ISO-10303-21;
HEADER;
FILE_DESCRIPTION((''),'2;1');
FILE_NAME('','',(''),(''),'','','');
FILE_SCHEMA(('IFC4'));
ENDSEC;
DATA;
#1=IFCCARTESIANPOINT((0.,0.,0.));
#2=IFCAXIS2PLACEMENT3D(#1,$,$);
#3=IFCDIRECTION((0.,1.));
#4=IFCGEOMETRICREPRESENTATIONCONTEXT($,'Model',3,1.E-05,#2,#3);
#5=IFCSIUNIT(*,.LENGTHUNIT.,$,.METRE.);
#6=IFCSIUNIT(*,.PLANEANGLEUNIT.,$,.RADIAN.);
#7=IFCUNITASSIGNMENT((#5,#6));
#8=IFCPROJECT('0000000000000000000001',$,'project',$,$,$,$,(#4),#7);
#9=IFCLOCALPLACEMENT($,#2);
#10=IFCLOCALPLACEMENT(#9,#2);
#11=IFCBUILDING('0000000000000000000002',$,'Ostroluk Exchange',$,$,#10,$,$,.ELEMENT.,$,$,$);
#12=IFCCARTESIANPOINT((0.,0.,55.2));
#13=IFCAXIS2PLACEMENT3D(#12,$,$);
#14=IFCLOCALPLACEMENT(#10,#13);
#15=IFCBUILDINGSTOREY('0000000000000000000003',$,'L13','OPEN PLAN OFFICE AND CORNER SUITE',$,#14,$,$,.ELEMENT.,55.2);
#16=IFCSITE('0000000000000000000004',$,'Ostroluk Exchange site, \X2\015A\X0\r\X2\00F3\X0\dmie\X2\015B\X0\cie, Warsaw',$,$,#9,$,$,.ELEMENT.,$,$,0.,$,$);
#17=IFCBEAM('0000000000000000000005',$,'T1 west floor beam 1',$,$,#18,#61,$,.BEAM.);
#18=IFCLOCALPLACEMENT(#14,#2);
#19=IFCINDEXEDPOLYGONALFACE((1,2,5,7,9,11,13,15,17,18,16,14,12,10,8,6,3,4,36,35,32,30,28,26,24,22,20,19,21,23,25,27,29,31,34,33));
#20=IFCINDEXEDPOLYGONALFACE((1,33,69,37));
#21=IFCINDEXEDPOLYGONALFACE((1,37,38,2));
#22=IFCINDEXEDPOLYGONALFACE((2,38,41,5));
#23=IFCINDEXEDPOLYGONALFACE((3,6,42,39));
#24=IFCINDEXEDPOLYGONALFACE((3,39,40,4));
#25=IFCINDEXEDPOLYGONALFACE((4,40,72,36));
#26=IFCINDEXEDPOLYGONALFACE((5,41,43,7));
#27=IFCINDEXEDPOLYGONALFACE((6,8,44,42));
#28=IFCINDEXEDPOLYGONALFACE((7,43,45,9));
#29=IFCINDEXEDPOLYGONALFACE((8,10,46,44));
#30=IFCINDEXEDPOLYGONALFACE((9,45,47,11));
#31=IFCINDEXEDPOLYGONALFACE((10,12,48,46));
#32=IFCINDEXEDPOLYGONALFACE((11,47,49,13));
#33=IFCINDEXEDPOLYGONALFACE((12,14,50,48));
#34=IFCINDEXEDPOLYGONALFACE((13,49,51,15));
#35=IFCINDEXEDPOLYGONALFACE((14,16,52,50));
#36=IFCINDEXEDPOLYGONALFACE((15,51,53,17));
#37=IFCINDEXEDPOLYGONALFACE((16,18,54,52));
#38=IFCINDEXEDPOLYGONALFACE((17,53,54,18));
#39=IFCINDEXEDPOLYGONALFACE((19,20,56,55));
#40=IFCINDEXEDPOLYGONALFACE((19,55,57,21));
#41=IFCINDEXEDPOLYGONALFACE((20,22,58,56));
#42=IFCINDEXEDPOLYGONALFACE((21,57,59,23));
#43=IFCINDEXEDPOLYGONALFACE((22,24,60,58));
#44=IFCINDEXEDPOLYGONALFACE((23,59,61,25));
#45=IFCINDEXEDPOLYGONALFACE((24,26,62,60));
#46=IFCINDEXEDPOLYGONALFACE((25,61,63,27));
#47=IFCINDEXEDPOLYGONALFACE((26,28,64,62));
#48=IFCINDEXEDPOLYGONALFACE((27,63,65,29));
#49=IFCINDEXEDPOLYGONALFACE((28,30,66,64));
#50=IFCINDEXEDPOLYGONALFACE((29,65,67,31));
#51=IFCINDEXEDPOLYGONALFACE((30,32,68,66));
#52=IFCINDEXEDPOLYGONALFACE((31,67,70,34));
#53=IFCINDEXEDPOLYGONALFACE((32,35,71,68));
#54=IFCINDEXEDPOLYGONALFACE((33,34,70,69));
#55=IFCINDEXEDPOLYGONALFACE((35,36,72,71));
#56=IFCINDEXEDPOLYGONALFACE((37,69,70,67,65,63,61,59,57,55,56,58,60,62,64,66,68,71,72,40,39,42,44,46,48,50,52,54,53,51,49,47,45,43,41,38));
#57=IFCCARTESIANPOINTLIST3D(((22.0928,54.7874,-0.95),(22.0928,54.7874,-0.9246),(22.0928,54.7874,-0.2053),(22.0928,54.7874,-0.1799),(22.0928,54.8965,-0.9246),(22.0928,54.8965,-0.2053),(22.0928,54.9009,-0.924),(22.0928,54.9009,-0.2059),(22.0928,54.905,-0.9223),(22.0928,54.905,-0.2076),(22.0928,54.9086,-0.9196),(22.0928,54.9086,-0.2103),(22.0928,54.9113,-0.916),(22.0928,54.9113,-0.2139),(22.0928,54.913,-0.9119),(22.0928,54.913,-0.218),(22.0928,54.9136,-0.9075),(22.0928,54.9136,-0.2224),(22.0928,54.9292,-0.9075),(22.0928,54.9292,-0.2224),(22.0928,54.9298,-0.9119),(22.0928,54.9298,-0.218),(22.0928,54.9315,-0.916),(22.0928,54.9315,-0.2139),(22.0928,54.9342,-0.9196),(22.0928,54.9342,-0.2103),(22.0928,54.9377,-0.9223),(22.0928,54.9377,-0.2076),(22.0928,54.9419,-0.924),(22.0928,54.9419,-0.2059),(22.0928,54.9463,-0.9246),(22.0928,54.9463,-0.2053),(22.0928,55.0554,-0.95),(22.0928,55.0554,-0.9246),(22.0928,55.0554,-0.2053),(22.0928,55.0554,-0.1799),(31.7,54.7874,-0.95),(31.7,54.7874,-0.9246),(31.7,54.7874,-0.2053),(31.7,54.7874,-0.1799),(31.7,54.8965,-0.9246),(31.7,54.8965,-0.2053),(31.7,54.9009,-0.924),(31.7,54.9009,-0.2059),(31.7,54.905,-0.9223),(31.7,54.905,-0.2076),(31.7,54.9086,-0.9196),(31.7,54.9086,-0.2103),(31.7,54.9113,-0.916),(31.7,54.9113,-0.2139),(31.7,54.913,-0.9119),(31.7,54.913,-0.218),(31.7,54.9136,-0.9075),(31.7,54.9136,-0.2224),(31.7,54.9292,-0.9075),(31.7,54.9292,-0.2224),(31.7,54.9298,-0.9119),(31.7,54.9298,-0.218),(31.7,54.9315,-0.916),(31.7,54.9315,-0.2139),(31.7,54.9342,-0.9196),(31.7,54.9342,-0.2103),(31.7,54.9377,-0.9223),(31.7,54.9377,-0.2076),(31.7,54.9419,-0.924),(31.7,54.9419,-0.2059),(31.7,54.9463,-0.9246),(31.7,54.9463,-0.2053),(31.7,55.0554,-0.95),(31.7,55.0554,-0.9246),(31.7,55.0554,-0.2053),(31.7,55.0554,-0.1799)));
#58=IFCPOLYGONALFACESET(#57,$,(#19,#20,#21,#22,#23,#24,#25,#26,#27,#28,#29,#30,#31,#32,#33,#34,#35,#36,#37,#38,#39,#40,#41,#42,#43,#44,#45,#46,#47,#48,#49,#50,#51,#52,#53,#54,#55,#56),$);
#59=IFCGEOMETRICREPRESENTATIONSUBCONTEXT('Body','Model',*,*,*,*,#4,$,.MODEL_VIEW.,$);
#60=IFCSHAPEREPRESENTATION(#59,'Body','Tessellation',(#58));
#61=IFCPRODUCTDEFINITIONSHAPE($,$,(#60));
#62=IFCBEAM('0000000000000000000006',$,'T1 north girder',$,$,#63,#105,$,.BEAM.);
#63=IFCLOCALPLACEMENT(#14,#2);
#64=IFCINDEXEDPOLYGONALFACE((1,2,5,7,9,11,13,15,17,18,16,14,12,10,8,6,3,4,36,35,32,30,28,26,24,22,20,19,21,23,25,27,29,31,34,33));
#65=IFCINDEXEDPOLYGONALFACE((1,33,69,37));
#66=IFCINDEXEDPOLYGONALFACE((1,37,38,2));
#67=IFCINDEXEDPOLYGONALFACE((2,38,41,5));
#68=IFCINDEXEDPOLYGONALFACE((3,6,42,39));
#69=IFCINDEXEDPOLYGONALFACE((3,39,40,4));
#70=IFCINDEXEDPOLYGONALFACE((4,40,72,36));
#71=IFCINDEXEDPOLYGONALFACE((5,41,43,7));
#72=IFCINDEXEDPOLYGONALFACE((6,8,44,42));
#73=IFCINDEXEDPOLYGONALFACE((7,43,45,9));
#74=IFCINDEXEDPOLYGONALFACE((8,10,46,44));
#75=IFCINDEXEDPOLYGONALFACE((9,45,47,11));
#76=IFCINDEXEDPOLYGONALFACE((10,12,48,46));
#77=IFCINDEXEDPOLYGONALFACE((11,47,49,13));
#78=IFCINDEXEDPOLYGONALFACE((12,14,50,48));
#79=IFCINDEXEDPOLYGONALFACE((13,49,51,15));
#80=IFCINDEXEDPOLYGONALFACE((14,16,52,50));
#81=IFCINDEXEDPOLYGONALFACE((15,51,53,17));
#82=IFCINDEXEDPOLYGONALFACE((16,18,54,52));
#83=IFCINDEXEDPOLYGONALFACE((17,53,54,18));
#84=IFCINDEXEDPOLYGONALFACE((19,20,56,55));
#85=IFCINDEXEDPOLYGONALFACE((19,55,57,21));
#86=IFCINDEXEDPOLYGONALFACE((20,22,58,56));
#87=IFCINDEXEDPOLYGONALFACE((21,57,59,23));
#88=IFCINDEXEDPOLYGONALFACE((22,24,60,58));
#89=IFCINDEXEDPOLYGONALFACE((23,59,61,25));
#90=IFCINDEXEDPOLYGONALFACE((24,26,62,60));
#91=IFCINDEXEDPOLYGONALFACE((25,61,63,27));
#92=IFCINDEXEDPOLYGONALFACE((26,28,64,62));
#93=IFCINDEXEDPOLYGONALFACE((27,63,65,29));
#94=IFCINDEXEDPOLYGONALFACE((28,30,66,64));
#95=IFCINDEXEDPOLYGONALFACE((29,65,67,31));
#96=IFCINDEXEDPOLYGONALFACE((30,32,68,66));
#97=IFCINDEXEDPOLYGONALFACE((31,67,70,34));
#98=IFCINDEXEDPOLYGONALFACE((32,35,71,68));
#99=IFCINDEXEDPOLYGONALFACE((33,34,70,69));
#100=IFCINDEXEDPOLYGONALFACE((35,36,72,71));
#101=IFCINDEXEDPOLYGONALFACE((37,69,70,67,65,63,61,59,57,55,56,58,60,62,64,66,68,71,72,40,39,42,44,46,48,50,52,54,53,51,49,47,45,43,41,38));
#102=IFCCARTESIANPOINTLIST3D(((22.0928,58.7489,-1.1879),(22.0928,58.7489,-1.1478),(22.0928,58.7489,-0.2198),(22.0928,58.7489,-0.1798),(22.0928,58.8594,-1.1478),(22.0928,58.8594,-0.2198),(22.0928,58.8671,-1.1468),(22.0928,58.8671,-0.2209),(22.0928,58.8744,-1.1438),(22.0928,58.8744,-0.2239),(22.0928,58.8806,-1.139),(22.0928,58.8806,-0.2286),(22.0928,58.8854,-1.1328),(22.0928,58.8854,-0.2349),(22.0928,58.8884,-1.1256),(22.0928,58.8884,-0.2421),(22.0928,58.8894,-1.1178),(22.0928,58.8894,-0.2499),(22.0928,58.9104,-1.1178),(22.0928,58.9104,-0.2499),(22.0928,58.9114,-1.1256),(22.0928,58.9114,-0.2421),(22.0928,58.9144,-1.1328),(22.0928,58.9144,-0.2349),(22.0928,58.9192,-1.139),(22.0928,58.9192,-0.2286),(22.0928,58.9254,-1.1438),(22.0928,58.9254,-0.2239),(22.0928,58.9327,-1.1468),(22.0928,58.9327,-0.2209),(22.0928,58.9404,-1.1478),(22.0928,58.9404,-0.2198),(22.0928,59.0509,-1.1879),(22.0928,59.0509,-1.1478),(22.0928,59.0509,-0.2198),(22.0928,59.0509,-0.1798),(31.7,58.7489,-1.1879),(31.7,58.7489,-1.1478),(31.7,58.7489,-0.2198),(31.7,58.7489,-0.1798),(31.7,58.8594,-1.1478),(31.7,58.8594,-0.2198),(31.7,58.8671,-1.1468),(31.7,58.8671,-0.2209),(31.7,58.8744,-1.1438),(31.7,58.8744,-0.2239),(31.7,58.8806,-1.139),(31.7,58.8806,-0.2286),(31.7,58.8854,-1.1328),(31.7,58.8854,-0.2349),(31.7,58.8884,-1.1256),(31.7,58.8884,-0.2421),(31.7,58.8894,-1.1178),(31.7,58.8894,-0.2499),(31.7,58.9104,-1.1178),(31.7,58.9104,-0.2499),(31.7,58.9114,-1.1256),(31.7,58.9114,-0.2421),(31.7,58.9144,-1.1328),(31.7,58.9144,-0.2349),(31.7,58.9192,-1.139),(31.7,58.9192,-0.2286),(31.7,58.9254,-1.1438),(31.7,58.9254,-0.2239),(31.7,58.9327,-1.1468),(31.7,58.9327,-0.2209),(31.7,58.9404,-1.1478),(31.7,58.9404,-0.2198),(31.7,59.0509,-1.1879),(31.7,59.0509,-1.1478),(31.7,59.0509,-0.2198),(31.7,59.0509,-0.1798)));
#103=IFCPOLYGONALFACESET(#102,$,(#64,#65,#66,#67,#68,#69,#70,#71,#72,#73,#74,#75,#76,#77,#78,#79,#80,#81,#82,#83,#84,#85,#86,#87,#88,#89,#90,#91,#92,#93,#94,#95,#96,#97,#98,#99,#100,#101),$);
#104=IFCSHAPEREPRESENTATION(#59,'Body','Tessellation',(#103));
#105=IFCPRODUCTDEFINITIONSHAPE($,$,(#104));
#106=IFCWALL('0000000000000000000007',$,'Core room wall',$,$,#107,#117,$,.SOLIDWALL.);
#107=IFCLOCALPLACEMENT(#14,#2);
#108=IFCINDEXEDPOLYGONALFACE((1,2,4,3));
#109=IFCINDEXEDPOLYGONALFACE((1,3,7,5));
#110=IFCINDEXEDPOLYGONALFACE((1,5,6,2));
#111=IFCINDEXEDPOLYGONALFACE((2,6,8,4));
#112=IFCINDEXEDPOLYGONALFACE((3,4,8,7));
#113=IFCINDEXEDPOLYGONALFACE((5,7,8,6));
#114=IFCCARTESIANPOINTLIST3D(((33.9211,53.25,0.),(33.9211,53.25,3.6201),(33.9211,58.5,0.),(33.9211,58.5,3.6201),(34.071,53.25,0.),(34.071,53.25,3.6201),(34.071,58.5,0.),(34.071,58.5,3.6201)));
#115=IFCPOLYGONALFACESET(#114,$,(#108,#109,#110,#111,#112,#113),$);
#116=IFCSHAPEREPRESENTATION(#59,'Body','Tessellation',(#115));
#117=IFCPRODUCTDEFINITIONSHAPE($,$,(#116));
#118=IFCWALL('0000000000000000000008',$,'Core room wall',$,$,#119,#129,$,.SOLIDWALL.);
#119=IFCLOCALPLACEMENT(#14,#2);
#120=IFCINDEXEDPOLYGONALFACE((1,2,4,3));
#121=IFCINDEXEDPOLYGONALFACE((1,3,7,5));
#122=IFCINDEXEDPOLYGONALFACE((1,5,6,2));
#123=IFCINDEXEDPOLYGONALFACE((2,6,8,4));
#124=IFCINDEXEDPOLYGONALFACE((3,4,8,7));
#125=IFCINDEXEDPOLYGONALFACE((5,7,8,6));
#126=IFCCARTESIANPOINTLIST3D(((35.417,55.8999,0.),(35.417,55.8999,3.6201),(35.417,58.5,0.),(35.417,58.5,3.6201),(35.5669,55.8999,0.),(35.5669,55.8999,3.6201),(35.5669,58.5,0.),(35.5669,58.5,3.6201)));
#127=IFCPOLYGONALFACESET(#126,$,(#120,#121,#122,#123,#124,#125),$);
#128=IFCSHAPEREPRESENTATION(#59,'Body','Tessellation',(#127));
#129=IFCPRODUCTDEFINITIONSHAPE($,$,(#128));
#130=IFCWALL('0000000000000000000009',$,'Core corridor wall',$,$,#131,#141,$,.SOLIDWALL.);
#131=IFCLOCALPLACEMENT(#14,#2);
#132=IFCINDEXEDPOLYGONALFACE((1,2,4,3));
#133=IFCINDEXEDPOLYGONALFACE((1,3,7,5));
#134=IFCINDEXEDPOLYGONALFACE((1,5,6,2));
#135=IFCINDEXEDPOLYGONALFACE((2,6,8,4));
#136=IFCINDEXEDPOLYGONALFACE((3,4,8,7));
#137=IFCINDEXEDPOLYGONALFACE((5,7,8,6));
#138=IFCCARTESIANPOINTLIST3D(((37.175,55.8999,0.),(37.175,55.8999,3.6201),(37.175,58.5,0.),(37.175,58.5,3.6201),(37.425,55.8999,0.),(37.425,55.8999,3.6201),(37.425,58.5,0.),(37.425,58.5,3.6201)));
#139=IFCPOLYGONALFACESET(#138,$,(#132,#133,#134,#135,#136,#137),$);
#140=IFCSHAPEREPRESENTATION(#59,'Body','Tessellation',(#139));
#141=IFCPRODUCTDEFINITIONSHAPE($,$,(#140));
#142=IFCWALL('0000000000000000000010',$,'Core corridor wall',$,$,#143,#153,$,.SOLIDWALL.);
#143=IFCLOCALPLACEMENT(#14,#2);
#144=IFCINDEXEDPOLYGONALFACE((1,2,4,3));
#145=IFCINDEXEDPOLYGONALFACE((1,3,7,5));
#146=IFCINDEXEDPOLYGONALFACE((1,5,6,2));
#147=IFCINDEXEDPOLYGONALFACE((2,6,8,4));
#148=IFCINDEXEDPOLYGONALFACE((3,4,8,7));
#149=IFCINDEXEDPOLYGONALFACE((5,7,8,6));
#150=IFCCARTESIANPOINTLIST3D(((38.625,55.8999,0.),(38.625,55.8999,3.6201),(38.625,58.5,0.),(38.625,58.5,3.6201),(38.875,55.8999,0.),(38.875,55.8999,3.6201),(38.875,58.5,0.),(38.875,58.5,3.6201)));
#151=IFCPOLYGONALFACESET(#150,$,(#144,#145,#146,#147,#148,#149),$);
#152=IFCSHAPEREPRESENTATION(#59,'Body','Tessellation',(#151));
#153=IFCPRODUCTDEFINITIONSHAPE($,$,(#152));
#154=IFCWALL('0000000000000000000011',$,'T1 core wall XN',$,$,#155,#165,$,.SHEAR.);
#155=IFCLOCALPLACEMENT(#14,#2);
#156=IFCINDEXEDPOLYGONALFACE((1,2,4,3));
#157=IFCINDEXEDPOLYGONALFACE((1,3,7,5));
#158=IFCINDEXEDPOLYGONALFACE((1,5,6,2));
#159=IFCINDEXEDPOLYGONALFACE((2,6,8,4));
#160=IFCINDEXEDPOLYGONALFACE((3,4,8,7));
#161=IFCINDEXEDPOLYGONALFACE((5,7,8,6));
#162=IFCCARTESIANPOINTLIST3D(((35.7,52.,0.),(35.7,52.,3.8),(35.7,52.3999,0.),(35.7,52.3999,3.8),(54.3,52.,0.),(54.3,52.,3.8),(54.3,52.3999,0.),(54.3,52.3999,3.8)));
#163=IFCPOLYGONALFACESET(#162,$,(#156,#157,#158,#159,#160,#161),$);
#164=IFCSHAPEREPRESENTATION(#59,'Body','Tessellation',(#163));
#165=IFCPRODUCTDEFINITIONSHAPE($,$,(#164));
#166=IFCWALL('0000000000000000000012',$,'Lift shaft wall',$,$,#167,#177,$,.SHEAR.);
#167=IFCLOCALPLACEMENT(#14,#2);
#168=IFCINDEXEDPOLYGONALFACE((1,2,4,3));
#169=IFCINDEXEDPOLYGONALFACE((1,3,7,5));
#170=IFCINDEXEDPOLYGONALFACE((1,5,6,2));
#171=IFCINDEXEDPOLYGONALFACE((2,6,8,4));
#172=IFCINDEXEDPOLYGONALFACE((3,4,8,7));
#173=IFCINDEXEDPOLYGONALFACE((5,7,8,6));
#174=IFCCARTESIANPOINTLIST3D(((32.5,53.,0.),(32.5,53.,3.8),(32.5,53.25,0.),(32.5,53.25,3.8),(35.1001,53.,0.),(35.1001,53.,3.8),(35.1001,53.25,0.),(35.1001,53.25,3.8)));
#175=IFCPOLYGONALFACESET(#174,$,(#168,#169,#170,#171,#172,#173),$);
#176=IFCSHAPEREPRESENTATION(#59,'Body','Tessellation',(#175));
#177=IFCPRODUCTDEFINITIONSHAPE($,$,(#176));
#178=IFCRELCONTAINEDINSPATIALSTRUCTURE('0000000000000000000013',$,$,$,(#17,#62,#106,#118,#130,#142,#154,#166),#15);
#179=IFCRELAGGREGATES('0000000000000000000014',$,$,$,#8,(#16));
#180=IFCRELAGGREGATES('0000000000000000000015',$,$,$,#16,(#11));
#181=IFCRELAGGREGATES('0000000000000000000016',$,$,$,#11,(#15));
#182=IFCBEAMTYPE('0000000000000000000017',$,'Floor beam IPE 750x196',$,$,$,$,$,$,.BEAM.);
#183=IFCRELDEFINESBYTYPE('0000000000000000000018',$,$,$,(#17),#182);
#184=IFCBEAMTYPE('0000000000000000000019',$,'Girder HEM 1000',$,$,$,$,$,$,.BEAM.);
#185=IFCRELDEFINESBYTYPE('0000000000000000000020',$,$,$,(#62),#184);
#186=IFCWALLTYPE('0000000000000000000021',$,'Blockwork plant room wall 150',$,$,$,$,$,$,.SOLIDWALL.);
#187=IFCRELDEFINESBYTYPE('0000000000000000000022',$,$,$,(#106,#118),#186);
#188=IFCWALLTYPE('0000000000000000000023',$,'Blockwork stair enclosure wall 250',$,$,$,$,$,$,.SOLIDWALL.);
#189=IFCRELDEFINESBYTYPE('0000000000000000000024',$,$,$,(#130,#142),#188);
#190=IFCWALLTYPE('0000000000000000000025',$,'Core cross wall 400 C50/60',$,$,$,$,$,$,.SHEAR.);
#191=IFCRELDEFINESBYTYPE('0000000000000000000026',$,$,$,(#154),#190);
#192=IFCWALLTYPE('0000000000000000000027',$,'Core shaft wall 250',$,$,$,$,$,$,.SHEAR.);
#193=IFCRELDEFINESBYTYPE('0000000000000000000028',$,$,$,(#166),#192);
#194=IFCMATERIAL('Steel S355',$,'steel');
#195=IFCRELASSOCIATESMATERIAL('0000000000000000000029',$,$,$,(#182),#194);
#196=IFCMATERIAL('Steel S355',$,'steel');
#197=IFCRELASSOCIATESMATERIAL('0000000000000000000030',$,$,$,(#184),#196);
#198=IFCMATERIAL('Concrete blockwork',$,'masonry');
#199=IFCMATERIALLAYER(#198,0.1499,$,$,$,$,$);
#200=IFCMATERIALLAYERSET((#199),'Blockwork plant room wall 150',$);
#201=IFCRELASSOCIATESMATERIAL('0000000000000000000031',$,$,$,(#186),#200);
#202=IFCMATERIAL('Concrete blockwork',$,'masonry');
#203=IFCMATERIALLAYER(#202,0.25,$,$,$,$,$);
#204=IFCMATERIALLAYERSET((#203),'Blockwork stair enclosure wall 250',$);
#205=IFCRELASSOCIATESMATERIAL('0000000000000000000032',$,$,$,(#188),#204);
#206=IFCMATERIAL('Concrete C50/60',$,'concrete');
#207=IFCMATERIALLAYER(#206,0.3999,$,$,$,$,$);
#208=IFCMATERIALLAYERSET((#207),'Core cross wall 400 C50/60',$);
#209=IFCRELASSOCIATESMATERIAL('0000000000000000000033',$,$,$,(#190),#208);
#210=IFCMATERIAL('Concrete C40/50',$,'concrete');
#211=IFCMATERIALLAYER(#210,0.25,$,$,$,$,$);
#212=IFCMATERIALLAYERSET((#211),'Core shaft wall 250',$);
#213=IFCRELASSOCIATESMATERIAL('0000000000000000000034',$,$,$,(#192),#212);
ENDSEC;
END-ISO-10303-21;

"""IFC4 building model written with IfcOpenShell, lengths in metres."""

from ifc_helpers import new_model, si_unit, direction, frame, frame_2d, origin, origin_2d, place, context, subcontext, project, spatial, rectangle, i_section, extrude, material, layer, layer_set, material_profile, profile_set, type_object, element, save


model = new_model("IFC4")

# Units and contexts
model_context = context("Model", 3, precision=1e-05, world=origin(), true_north=direction((0.0, 1.0)))
body_context = subcontext(model_context, "Body", "Model", "MODEL_VIEW")
ifc_project = project(units=[si_unit("LENGTHUNIT", "METRE"), si_unit("PLANEANGLEUNIT", "RADIAN")], contexts=[model_context])

# Site, building, storey
site_placement = place(None, origin())
site = spatial("IfcSite", under=ifc_project, at=site_placement, Name="Ostroluk Exchange site, Śródmieście, Warsaw", CompositionType="ELEMENT", RefElevation=0.0)
building_placement = place(site_placement, origin())
building = spatial("IfcBuilding", under=site, at=building_placement, Name="Ostroluk Exchange", CompositionType="ELEMENT")
storey_placement = place(building_placement, frame((0.0, 0.0, 55.2)))
storey = spatial("IfcBuildingStorey", under=building, at=storey_placement, Name="L13", Description="OPEN PLAN OFFICE AND CORNER SUITE", CompositionType="ELEMENT", Elevation=55.2)

# Beams
ifc_material_1 = material(Name="Steel S355", Category="steel")
ifc_material_profile_1 = material_profile(ifc_material_1, i_section(OverallWidth=0.2681, OverallDepth=0.77, WebThickness=0.0156, FlangeThickness=0.0254, FilletRadius=0.0171, at=origin_2d()), Name="IPE 750x196")
ifc_profile_set_1 = profile_set([ifc_material_profile_1], Name="Steel S355")
beam_type_1 = type_object("IfcBeamType", Name="Floor beam IPE 750x196", PredefinedType="BEAM", material=ifc_profile_set_1)
beam_1_placement = place(storey_placement, frame((31.7, 54.9214, -0.5649), z_axis=(-1.0, 0.0, 0.0), x_axis=(0.0, -1.0, 0.0)))
element("IfcBeam", 1, at=beam_1_placement, inside=storey, type_object=beam_type_1, Name="T1 west floor beam 1", PredefinedType="BEAM", context=body_context, shape_type="SweptSolid", body=[
    extrude(i_section(OverallWidth=0.2681, OverallDepth=0.77, WebThickness=0.0156, FlangeThickness=0.0254, FilletRadius=0.0171, at=origin_2d()), origin(), (0.0, 0.0, 1.0), 9.6072),
])
ifc_material_2 = material(Name="Steel S355", Category="steel")
ifc_material_profile_2 = material_profile(ifc_material_2, i_section(OverallWidth=0.302, OverallDepth=1.0081, WebThickness=0.021, FlangeThickness=0.04, FilletRadius=0.03, at=origin_2d()), Name="HEM 1000")
ifc_profile_set_2 = profile_set([ifc_material_profile_2], Name="Steel S355")
beam_type_2 = type_object("IfcBeamType", Name="Girder HEM 1000", PredefinedType="BEAM", material=ifc_profile_set_2)
beam_2_placement = place(storey_placement, frame((31.7, 58.8999, -0.6838), z_axis=(-1.0, 0.0, 0.0), x_axis=(0.0, -1.0, 0.0)))
element("IfcBeam", 2, at=beam_2_placement, inside=storey, type_object=beam_type_2, Name="T1 north girder", PredefinedType="BEAM", context=body_context, shape_type="SweptSolid", body=[
    extrude(i_section(OverallWidth=0.302, OverallDepth=1.0081, WebThickness=0.021, FlangeThickness=0.04, FilletRadius=0.03, at=origin_2d()), origin(), (0.0, 0.0, 1.0), 9.6072),
])

# Walls
ifc_material_3 = material(Name="Concrete blockwork", Category="masonry")
ifc_layer_1 = layer(ifc_material_3, 0.1499)
ifc_layer_set_1 = layer_set([ifc_layer_1], Name="Blockwork plant room wall 150")
wall_type_1 = type_object("IfcWallType", Name="Blockwork plant room wall 150", PredefinedType="SOLIDWALL", material=ifc_layer_set_1)
wall_1_placement = place(storey_placement, frame((33.9961, 53.25, 0.0), z_axis=(0.0, 0.0, 1.0), x_axis=(0.0, 1.0, 0.0)))
element("IfcWall", 3, at=wall_1_placement, inside=storey, type_object=wall_type_1, Name="Core room wall", PredefinedType="SOLIDWALL", context=body_context, shape_type="SweptSolid", body=[
    extrude(rectangle(XDim=5.25, YDim=0.1499, at=frame_2d((2.625, 0.0))), origin(), (0.0, 0.0, 1.0), 3.6201),
])
wall_2_placement = place(storey_placement, frame((35.4919, 55.8999, 0.0), z_axis=(0.0, 0.0, 1.0), x_axis=(0.0, 1.0, 0.0)))
element("IfcWall", 4, at=wall_2_placement, inside=storey, type_object=wall_type_1, Name="Core room wall", PredefinedType="SOLIDWALL", context=body_context, shape_type="SweptSolid", body=[
    extrude(rectangle(XDim=2.6001, YDim=0.1499, at=frame_2d((1.3, 0.0))), origin(), (0.0, 0.0, 1.0), 3.6201),
])
ifc_material_4 = material(Name="Concrete blockwork", Category="masonry")
ifc_layer_2 = layer(ifc_material_4, 0.25)
ifc_layer_set_2 = layer_set([ifc_layer_2], Name="Blockwork stair enclosure wall 250")
wall_type_2 = type_object("IfcWallType", Name="Blockwork stair enclosure wall 250", PredefinedType="SOLIDWALL", material=ifc_layer_set_2)
for number, where, z_axis, x_axis, name in (
    (5, (37.3, 55.8999, 0.0), (0.0, 0.0, 1.0), (0.0, 1.0, 0.0), "Core corridor wall"),
    (6, (38.75, 55.8999, 0.0), (0.0, 0.0, 1.0), (0.0, 1.0, 0.0), "Core corridor wall"),
):
    element("IfcWall", number, at=place(storey_placement, frame(where, z_axis=z_axis, x_axis=x_axis)), inside=storey, type_object=wall_type_2, Name=name, PredefinedType="SOLIDWALL", context=body_context, shape_type="SweptSolid", body=[
        extrude(rectangle(XDim=2.6001, YDim=0.25, at=frame_2d((1.3, 0.0))), origin(), (0.0, 0.0, 1.0), 3.6201),
    ])
ifc_material_5 = material(Name="Concrete C50/60", Category="concrete")
ifc_layer_3 = layer(ifc_material_5, 0.3999)
ifc_layer_set_3 = layer_set([ifc_layer_3], Name="Core cross wall 400 C50/60")
wall_type_3 = type_object("IfcWallType", Name="Core cross wall 400 C50/60", PredefinedType="SHEAR", material=ifc_layer_set_3)
wall_3_placement = place(storey_placement, frame((35.7, 52.2, 0.0), z_axis=(0.0, 0.0, 1.0), x_axis=(1.0, 0.0, 0.0)))
element("IfcWall", 7, at=wall_3_placement, inside=storey, type_object=wall_type_3, Name="T1 core wall XN", PredefinedType="SHEAR", context=body_context, shape_type="SweptSolid", body=[
    extrude(rectangle(XDim=18.6001, YDim=0.3999, at=frame_2d((9.3, 0.0))), origin(), (0.0, 0.0, 1.0), 3.8),
])
ifc_material_6 = material(Name="Concrete C40/50", Category="concrete")
ifc_layer_4 = layer(ifc_material_6, 0.25)
ifc_layer_set_4 = layer_set([ifc_layer_4], Name="Core shaft wall 250")
wall_type_4 = type_object("IfcWallType", Name="Core shaft wall 250", PredefinedType="SHEAR", material=ifc_layer_set_4)
wall_4_placement = place(storey_placement, frame((32.5, 53.125, 0.0), z_axis=(0.0, 0.0, 1.0), x_axis=(1.0, 0.0, 0.0)))
element("IfcWall", 8, at=wall_4_placement, inside=storey, type_object=wall_type_4, Name="Lift shaft wall", PredefinedType="SHEAR", context=body_context, shape_type="SweptSolid", body=[
    extrude(rectangle(XDim=2.6001, YDim=0.25, at=frame_2d((1.3, 0.0))), origin(), (0.0, 0.0, 1.0), 3.8),
])

save(model, "model.ifc")
